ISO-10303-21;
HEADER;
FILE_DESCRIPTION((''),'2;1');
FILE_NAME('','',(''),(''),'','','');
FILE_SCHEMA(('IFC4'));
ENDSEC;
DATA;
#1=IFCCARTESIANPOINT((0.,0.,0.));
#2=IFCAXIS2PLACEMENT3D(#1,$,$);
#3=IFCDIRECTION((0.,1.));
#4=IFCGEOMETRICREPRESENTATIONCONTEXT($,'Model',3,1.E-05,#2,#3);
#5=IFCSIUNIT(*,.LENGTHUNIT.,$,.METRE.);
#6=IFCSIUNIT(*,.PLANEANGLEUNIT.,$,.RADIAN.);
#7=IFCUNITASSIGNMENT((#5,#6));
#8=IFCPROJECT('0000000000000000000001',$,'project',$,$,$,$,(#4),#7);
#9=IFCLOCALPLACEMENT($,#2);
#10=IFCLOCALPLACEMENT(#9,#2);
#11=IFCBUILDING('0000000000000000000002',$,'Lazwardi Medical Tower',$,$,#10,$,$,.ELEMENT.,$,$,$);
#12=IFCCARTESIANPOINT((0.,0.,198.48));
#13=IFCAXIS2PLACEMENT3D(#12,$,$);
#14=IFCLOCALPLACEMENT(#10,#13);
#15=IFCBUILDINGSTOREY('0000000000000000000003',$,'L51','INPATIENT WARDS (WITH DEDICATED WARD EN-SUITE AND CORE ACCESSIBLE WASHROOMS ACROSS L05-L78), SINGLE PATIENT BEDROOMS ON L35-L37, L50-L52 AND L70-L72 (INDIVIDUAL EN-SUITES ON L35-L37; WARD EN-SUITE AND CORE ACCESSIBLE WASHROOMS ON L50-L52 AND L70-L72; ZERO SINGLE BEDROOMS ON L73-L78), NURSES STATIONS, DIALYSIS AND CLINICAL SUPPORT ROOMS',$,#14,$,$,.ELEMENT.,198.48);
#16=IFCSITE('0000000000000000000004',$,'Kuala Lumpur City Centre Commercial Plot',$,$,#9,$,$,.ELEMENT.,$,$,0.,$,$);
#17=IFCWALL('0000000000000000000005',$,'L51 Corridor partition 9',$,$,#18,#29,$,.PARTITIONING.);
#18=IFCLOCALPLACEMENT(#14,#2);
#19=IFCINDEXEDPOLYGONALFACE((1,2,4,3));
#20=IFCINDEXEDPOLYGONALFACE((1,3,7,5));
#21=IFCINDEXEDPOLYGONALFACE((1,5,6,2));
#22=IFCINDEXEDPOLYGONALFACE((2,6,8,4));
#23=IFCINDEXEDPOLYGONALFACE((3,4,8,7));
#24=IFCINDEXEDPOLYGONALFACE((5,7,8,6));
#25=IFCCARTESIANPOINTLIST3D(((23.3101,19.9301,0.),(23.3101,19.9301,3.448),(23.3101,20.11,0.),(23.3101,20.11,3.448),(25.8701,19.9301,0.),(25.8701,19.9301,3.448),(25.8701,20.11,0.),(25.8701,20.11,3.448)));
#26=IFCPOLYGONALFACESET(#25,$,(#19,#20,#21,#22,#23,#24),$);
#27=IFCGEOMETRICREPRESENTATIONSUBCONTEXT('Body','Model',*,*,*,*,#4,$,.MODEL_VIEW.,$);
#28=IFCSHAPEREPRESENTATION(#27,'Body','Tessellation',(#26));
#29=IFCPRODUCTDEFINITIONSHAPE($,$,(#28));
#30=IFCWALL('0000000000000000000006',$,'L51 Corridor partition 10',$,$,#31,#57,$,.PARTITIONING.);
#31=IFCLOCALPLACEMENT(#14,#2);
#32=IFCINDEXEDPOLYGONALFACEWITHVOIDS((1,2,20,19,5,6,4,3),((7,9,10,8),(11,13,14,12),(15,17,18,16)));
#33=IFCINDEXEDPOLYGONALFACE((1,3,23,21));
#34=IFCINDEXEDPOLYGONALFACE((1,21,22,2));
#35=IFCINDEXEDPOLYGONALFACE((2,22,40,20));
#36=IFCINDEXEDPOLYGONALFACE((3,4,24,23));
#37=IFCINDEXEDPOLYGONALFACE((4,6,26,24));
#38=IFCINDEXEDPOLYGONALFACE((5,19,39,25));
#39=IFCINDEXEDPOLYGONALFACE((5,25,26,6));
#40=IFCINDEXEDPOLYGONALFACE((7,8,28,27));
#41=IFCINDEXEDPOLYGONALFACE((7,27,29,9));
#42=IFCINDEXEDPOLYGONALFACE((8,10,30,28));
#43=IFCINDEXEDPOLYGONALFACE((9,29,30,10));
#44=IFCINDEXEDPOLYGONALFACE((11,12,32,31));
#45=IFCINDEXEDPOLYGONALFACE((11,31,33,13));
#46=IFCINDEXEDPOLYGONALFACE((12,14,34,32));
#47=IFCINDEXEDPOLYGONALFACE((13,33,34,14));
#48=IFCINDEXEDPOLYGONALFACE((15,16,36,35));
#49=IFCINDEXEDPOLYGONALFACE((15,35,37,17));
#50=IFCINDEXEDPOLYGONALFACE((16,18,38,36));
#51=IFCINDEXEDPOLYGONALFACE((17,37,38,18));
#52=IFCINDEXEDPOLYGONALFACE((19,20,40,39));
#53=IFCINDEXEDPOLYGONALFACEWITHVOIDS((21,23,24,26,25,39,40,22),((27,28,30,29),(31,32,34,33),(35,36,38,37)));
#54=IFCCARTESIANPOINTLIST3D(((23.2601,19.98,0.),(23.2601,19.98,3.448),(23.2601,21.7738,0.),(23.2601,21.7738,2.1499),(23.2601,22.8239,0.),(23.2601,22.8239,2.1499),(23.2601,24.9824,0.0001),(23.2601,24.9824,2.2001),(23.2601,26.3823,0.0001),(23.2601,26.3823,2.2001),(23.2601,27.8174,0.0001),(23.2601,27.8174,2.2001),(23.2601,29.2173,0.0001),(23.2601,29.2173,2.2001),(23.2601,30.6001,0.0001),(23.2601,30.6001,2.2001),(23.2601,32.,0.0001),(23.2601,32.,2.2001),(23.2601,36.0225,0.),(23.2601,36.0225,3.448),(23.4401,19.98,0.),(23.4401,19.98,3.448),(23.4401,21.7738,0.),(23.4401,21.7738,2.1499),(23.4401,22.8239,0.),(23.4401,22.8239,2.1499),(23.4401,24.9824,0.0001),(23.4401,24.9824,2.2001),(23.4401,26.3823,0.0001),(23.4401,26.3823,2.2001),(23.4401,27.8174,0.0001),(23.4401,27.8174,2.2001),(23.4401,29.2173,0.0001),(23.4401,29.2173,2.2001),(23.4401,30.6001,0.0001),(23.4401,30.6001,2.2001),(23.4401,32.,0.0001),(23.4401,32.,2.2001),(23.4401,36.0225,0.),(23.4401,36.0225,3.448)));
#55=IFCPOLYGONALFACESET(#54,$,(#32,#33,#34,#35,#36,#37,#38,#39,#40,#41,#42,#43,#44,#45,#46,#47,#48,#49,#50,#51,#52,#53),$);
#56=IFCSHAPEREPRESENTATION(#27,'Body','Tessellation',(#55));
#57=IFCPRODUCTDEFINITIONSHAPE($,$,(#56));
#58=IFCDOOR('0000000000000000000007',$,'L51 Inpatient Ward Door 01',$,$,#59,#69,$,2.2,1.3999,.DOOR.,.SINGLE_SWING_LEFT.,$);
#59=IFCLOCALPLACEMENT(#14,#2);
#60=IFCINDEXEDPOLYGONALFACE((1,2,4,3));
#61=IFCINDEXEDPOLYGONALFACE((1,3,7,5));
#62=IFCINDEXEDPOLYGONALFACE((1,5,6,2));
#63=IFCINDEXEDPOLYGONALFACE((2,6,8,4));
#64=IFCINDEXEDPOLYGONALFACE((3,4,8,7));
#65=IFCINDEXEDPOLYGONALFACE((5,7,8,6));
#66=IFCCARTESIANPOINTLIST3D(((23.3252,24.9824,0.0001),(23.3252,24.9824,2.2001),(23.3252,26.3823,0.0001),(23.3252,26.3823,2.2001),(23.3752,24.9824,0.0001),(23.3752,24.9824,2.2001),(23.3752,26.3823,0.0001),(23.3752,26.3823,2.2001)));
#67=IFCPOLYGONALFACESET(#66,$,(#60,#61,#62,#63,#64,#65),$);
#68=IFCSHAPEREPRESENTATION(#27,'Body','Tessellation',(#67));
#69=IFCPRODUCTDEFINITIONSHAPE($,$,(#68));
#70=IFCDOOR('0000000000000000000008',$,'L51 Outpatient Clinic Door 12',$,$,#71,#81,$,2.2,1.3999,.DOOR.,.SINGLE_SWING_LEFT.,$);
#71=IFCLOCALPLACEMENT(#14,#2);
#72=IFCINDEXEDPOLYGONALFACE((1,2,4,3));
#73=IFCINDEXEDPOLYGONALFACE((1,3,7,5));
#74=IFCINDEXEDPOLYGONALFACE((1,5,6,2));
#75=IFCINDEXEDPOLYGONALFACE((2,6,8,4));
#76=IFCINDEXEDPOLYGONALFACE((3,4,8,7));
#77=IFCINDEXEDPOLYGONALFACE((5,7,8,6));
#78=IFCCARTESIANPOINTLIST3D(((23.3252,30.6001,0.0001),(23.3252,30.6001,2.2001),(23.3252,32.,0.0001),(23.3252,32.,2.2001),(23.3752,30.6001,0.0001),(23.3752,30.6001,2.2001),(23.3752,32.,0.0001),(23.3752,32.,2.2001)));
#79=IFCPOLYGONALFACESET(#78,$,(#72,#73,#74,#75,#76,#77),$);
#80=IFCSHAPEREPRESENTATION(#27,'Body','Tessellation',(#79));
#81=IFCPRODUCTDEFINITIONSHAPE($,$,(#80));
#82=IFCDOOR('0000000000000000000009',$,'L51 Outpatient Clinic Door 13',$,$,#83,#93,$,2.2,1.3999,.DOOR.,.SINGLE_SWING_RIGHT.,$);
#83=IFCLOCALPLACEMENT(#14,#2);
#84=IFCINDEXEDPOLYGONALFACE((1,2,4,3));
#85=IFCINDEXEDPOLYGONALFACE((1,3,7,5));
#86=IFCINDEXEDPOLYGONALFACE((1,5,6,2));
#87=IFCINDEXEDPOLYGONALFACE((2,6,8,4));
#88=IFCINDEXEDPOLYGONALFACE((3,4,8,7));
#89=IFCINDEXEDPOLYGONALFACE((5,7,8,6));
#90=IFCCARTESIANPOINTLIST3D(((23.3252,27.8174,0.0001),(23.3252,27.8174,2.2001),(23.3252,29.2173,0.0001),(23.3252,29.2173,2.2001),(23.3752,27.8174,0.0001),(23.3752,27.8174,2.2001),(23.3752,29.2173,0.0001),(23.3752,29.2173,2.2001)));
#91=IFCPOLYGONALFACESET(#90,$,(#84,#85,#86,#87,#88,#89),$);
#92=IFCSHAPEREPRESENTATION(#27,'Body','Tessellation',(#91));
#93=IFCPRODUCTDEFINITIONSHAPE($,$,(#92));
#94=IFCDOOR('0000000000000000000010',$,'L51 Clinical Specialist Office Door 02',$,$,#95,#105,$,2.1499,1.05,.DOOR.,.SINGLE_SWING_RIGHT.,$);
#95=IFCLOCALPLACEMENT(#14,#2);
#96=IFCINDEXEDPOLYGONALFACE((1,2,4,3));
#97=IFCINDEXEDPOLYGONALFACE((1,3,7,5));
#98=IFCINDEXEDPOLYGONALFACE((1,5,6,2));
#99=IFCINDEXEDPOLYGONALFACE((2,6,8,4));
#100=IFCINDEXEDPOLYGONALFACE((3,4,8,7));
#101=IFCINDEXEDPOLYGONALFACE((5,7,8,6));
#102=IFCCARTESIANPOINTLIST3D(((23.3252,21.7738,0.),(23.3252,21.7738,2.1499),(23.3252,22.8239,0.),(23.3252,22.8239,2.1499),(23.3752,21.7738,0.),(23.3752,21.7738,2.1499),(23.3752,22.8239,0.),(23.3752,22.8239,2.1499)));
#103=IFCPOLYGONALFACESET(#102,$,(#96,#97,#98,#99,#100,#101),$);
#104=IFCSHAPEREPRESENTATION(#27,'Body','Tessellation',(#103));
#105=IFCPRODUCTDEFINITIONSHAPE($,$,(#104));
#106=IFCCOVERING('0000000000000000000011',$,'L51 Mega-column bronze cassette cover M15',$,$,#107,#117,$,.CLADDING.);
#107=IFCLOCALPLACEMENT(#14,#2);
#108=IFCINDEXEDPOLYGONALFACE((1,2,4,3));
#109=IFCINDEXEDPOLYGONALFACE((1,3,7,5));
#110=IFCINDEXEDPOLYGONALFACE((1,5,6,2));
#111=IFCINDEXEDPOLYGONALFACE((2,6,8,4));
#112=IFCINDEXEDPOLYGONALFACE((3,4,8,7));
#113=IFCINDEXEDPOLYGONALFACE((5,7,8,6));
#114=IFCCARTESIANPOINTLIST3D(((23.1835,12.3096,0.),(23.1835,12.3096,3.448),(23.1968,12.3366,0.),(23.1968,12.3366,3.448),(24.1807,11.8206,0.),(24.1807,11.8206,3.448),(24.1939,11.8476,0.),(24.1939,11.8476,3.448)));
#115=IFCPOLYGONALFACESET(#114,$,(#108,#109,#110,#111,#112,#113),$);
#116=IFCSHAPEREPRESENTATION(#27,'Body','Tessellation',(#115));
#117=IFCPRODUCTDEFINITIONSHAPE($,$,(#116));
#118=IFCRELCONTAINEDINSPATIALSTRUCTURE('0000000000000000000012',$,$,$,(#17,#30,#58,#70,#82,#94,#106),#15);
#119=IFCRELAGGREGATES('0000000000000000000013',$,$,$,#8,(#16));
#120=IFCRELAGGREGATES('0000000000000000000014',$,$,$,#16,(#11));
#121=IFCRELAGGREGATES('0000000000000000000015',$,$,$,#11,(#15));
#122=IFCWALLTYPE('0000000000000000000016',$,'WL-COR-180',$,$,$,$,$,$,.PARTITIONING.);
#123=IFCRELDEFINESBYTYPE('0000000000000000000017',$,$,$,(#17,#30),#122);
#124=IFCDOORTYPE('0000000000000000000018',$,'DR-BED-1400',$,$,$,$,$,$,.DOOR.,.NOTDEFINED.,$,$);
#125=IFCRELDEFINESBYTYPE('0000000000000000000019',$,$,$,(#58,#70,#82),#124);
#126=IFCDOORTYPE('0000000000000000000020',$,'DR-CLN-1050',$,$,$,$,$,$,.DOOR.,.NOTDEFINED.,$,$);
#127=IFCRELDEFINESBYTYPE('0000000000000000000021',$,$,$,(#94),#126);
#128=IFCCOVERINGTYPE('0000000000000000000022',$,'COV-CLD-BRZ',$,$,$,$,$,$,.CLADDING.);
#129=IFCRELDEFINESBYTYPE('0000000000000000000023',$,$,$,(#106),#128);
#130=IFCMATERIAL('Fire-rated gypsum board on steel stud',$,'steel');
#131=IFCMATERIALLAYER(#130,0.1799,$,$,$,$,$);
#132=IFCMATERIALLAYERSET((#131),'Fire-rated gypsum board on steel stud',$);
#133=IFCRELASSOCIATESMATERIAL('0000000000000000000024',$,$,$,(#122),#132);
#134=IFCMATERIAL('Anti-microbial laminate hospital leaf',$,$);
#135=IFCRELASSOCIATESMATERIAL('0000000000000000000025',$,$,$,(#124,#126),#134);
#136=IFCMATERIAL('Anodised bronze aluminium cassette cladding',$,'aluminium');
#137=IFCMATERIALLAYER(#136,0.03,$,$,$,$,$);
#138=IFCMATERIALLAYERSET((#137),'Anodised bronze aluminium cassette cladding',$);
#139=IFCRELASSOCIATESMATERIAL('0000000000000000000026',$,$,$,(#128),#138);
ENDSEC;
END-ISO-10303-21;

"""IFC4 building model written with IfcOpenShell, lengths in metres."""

from ifc_helpers import new_model, si_unit, direction, frame, frame_2d, origin, origin_2d, place, context, subcontext, project, spatial, rectangle, extrude, material, layer, layer_set, type_object, element, fill, save


model = new_model("IFC4")

# Units and contexts
model_context = context("Model", 3, precision=1e-05, world=origin(), true_north=direction((0.0, 1.0)))
body_context = subcontext(model_context, "Body", "Model", "MODEL_VIEW")
ifc_project = project(units=[si_unit("LENGTHUNIT", "METRE"), si_unit("PLANEANGLEUNIT", "RADIAN")], contexts=[model_context])

# Site, building, storey
site_placement = place(None, origin())
site = spatial("IfcSite", under=ifc_project, at=site_placement, Name="Kuala Lumpur City Centre Commercial Plot", CompositionType="ELEMENT", RefElevation=0.0)
building_placement = place(site_placement, origin())
building = spatial("IfcBuilding", under=site, at=building_placement, Name="Lazwardi Medical Tower", CompositionType="ELEMENT")
storey_placement = place(building_placement, frame((0.0, 0.0, 198.48)))
storey = spatial("IfcBuildingStorey", under=building, at=storey_placement, Name="L51", Description="INPATIENT WARDS (WITH DEDICATED WARD EN-SUITE AND CORE ACCESSIBLE WASHROOMS ACROSS L05-L78), SINGLE PATIENT BEDROOMS ON L35-L37, L50-L52 AND L70-L72 (INDIVIDUAL EN-SUITES ON L35-L37; WARD EN-SUITE AND CORE ACCESSIBLE WASHROOMS ON L50-L52 AND L70-L72; ZERO SINGLE BEDROOMS ON L73-L78), NURSES STATIONS, DIALYSIS AND CLINICAL SUPPORT ROOMS", CompositionType="ELEMENT", Elevation=198.48)

# Wall
ifc_material_1 = material(Name="Fire-rated gypsum board on steel stud", Category="steel")
ifc_layer_1 = layer(ifc_material_1, 0.1799)
ifc_layer_set_1 = layer_set([ifc_layer_1], Name="Fire-rated gypsum board on steel stud")
wall_type = type_object("IfcWallType", Name="WL-COR-180", PredefinedType="PARTITIONING", material=ifc_layer_set_1)
wall_1_placement = place(storey_placement, frame((25.8701, 20.02, 0.0), z_axis=(0.0, 0.0, 1.0), x_axis=(-1.0, 0.0, 0.0)))
element("IfcWall", 1, at=wall_1_placement, inside=storey, type_object=wall_type, Name="L51 Corridor partition 9", PredefinedType="PARTITIONING", context=body_context, shape_type="SweptSolid", body=[
    extrude(rectangle(XDim=2.5601, YDim=0.1799, at=frame_2d((1.28, 0.0))), origin(), (0.0, 0.0, 1.0), 3.448),
])

# Wall, openings, doors
wall_2_placement = place(storey_placement, frame((23.3501, 19.98, 0.0), z_axis=(0.0, 0.0, 1.0), x_axis=(0.0, 1.0, 0.0)))
wall_2 = element("IfcWall", 2, at=wall_2_placement, inside=storey, type_object=wall_type, Name="L51 Corridor partition 10", PredefinedType="PARTITIONING", context=body_context, shape_type="SweptSolid", body=[
    extrude(rectangle(XDim=16.0425, YDim=0.1799, at=frame_2d((8.0212, 0.0))), origin(), (0.0, 0.0, 1.0), 3.448),
])
opening_1_placement = place(wall_2_placement, frame((5.0024, 0.0, 0.0)))
opening_1 = element("IfcOpeningElement", 3, at=opening_1_placement, cuts=wall_2, PredefinedType="OPENING", context=body_context, shape_type="SweptSolid", body=[
    extrude(rectangle(XDim=1.3999, YDim=2.2, at=frame_2d((0.7, 1.1001))), frame((0.0, 0.0999, 0.0), z_axis=(0.0, -1.0, 0.0), x_axis=(1.0, 0.0, 0.0)), (0.0, 0.0, 1.0), 0.2),
])
opening_2_placement = place(wall_2_placement, frame((1.7939, 0.0, 0.0)))
opening_2 = element("IfcOpeningElement", 4, at=opening_2_placement, cuts=wall_2, PredefinedType="OPENING", context=body_context, shape_type="SweptSolid", body=[
    extrude(rectangle(XDim=1.05, YDim=2.1499, at=frame_2d((0.5249, 1.075))), frame((0.0, 0.0999, 0.0), z_axis=(0.0, -1.0, 0.0), x_axis=(1.0, 0.0, 0.0)), (0.0, 0.0, 1.0), 0.2),
])
opening_3_placement = place(wall_2_placement, frame((10.6201, 0.0, 0.0)))
opening_3 = element("IfcOpeningElement", 5, at=opening_3_placement, cuts=wall_2, PredefinedType="OPENING", context=body_context, shape_type="SweptSolid", body=[
    extrude(rectangle(XDim=1.3999, YDim=2.2, at=frame_2d((0.7, 1.1001))), frame((0.0, 0.0999, 0.0), z_axis=(0.0, -1.0, 0.0), x_axis=(1.0, 0.0, 0.0)), (0.0, 0.0, 1.0), 0.2),
])
opening_4_placement = place(wall_2_placement, frame((7.8374, 0.0, 0.0)))
opening_4 = element("IfcOpeningElement", 6, at=opening_4_placement, cuts=wall_2, PredefinedType="OPENING", context=body_context, shape_type="SweptSolid", body=[
    extrude(rectangle(XDim=1.3999, YDim=2.2, at=frame_2d((0.7, 1.1001))), frame((0.0, 0.0999, 0.0), z_axis=(0.0, -1.0, 0.0), x_axis=(1.0, 0.0, 0.0)), (0.0, 0.0, 1.0), 0.2),
])
ifc_material_2 = material(Name="Anti-microbial laminate hospital leaf")
door_type_1 = type_object("IfcDoorType", Name="DR-BED-1400", OperationType="NOTDEFINED", PredefinedType="DOOR", material=ifc_material_2)
door_1_placement = place(opening_1_placement, origin())
door_1 = element("IfcDoor", 7, at=door_1_placement, inside=storey, type_object=door_type_1, Name="L51 Inpatient Ward Door 01", OperationType="SINGLE_SWING_LEFT", OverallHeight=2.2, OverallWidth=1.3999, PredefinedType="DOOR", context=body_context, shape_type="SweptSolid", body=[
    extrude(rectangle(XDim=1.3999, YDim=2.2, at=frame_2d((0.7, 1.1001))), frame((0.0, 0.0249, 0.0), z_axis=(0.0, -1.0, 0.0), x_axis=(1.0, 0.0, 0.0)), (0.0, 0.0, 1.0), 0.05),
])
fill(opening_1, door_1)
door_2_placement = place(opening_3_placement, origin())
door_2 = element("IfcDoor", 8, at=door_2_placement, inside=storey, type_object=door_type_1, Name="L51 Outpatient Clinic Door 12", OperationType="SINGLE_SWING_LEFT", OverallHeight=2.2, OverallWidth=1.3999, PredefinedType="DOOR", context=body_context, shape_type="SweptSolid", body=[
    extrude(rectangle(XDim=1.3999, YDim=2.2, at=frame_2d((0.7, 1.1001))), frame((0.0, 0.0249, 0.0), z_axis=(0.0, -1.0, 0.0), x_axis=(1.0, 0.0, 0.0)), (0.0, 0.0, 1.0), 0.05),
])
fill(opening_3, door_2)
door_3_placement = place(opening_4_placement, origin())
door_3 = element("IfcDoor", 9, at=door_3_placement, inside=storey, type_object=door_type_1, Name="L51 Outpatient Clinic Door 13", OperationType="SINGLE_SWING_RIGHT", OverallHeight=2.2, OverallWidth=1.3999, PredefinedType="DOOR", context=body_context, shape_type="SweptSolid", body=[
    extrude(rectangle(XDim=1.3999, YDim=2.2, at=frame_2d((0.7, 1.1001))), frame((0.0, 0.0249, 0.0), z_axis=(0.0, -1.0, 0.0), x_axis=(1.0, 0.0, 0.0)), (0.0, 0.0, 1.0), 0.05),
])
fill(opening_4, door_3)
door_type_2 = type_object("IfcDoorType", Name="DR-CLN-1050", OperationType="NOTDEFINED", PredefinedType="DOOR", material=ifc_material_2)
door_4_placement = place(opening_2_placement, origin())
door_4 = element("IfcDoor", 10, at=door_4_placement, inside=storey, type_object=door_type_2, Name="L51 Clinical Specialist Office Door 02", OperationType="SINGLE_SWING_RIGHT", OverallHeight=2.1499, OverallWidth=1.05, PredefinedType="DOOR", context=body_context, shape_type="SweptSolid", body=[
    extrude(rectangle(XDim=1.05, YDim=2.1499, at=frame_2d((0.5249, 1.075))), frame((0.0, 0.0249, 0.0), z_axis=(0.0, -1.0, 0.0), x_axis=(1.0, 0.0, 0.0)), (0.0, 0.0, 1.0), 0.05),
])
fill(opening_2, door_4)

# Covering
ifc_material_3 = material(Name="Anodised bronze aluminium cassette cladding", Category="aluminium")
ifc_layer_2 = layer(ifc_material_3, 0.03)
ifc_layer_set_2 = layer_set([ifc_layer_2], Name="Anodised bronze aluminium cassette cladding")
covering_type = type_object("IfcCoveringType", Name="COV-CLD-BRZ", PredefinedType="CLADDING", material=ifc_layer_set_2)
covering_placement = place(storey_placement, frame((23.6887, 12.0786, 0.0), z_axis=(0.0, 0.0, 1.0), x_axis=(0.89784, -0.440322, 0.0)))
element("IfcCovering", 11, at=covering_placement, inside=storey, type_object=covering_type, Name="L51 Mega-column bronze cassette cover M15", PredefinedType="CLADDING", context=body_context, shape_type="SweptSolid", body=[
    extrude(rectangle(XDim=1.1106, YDim=0.03, at=origin_2d()), origin(), (0.0, 0.0, 1.0), 3.448),
])

save(model, "model.ifc")
